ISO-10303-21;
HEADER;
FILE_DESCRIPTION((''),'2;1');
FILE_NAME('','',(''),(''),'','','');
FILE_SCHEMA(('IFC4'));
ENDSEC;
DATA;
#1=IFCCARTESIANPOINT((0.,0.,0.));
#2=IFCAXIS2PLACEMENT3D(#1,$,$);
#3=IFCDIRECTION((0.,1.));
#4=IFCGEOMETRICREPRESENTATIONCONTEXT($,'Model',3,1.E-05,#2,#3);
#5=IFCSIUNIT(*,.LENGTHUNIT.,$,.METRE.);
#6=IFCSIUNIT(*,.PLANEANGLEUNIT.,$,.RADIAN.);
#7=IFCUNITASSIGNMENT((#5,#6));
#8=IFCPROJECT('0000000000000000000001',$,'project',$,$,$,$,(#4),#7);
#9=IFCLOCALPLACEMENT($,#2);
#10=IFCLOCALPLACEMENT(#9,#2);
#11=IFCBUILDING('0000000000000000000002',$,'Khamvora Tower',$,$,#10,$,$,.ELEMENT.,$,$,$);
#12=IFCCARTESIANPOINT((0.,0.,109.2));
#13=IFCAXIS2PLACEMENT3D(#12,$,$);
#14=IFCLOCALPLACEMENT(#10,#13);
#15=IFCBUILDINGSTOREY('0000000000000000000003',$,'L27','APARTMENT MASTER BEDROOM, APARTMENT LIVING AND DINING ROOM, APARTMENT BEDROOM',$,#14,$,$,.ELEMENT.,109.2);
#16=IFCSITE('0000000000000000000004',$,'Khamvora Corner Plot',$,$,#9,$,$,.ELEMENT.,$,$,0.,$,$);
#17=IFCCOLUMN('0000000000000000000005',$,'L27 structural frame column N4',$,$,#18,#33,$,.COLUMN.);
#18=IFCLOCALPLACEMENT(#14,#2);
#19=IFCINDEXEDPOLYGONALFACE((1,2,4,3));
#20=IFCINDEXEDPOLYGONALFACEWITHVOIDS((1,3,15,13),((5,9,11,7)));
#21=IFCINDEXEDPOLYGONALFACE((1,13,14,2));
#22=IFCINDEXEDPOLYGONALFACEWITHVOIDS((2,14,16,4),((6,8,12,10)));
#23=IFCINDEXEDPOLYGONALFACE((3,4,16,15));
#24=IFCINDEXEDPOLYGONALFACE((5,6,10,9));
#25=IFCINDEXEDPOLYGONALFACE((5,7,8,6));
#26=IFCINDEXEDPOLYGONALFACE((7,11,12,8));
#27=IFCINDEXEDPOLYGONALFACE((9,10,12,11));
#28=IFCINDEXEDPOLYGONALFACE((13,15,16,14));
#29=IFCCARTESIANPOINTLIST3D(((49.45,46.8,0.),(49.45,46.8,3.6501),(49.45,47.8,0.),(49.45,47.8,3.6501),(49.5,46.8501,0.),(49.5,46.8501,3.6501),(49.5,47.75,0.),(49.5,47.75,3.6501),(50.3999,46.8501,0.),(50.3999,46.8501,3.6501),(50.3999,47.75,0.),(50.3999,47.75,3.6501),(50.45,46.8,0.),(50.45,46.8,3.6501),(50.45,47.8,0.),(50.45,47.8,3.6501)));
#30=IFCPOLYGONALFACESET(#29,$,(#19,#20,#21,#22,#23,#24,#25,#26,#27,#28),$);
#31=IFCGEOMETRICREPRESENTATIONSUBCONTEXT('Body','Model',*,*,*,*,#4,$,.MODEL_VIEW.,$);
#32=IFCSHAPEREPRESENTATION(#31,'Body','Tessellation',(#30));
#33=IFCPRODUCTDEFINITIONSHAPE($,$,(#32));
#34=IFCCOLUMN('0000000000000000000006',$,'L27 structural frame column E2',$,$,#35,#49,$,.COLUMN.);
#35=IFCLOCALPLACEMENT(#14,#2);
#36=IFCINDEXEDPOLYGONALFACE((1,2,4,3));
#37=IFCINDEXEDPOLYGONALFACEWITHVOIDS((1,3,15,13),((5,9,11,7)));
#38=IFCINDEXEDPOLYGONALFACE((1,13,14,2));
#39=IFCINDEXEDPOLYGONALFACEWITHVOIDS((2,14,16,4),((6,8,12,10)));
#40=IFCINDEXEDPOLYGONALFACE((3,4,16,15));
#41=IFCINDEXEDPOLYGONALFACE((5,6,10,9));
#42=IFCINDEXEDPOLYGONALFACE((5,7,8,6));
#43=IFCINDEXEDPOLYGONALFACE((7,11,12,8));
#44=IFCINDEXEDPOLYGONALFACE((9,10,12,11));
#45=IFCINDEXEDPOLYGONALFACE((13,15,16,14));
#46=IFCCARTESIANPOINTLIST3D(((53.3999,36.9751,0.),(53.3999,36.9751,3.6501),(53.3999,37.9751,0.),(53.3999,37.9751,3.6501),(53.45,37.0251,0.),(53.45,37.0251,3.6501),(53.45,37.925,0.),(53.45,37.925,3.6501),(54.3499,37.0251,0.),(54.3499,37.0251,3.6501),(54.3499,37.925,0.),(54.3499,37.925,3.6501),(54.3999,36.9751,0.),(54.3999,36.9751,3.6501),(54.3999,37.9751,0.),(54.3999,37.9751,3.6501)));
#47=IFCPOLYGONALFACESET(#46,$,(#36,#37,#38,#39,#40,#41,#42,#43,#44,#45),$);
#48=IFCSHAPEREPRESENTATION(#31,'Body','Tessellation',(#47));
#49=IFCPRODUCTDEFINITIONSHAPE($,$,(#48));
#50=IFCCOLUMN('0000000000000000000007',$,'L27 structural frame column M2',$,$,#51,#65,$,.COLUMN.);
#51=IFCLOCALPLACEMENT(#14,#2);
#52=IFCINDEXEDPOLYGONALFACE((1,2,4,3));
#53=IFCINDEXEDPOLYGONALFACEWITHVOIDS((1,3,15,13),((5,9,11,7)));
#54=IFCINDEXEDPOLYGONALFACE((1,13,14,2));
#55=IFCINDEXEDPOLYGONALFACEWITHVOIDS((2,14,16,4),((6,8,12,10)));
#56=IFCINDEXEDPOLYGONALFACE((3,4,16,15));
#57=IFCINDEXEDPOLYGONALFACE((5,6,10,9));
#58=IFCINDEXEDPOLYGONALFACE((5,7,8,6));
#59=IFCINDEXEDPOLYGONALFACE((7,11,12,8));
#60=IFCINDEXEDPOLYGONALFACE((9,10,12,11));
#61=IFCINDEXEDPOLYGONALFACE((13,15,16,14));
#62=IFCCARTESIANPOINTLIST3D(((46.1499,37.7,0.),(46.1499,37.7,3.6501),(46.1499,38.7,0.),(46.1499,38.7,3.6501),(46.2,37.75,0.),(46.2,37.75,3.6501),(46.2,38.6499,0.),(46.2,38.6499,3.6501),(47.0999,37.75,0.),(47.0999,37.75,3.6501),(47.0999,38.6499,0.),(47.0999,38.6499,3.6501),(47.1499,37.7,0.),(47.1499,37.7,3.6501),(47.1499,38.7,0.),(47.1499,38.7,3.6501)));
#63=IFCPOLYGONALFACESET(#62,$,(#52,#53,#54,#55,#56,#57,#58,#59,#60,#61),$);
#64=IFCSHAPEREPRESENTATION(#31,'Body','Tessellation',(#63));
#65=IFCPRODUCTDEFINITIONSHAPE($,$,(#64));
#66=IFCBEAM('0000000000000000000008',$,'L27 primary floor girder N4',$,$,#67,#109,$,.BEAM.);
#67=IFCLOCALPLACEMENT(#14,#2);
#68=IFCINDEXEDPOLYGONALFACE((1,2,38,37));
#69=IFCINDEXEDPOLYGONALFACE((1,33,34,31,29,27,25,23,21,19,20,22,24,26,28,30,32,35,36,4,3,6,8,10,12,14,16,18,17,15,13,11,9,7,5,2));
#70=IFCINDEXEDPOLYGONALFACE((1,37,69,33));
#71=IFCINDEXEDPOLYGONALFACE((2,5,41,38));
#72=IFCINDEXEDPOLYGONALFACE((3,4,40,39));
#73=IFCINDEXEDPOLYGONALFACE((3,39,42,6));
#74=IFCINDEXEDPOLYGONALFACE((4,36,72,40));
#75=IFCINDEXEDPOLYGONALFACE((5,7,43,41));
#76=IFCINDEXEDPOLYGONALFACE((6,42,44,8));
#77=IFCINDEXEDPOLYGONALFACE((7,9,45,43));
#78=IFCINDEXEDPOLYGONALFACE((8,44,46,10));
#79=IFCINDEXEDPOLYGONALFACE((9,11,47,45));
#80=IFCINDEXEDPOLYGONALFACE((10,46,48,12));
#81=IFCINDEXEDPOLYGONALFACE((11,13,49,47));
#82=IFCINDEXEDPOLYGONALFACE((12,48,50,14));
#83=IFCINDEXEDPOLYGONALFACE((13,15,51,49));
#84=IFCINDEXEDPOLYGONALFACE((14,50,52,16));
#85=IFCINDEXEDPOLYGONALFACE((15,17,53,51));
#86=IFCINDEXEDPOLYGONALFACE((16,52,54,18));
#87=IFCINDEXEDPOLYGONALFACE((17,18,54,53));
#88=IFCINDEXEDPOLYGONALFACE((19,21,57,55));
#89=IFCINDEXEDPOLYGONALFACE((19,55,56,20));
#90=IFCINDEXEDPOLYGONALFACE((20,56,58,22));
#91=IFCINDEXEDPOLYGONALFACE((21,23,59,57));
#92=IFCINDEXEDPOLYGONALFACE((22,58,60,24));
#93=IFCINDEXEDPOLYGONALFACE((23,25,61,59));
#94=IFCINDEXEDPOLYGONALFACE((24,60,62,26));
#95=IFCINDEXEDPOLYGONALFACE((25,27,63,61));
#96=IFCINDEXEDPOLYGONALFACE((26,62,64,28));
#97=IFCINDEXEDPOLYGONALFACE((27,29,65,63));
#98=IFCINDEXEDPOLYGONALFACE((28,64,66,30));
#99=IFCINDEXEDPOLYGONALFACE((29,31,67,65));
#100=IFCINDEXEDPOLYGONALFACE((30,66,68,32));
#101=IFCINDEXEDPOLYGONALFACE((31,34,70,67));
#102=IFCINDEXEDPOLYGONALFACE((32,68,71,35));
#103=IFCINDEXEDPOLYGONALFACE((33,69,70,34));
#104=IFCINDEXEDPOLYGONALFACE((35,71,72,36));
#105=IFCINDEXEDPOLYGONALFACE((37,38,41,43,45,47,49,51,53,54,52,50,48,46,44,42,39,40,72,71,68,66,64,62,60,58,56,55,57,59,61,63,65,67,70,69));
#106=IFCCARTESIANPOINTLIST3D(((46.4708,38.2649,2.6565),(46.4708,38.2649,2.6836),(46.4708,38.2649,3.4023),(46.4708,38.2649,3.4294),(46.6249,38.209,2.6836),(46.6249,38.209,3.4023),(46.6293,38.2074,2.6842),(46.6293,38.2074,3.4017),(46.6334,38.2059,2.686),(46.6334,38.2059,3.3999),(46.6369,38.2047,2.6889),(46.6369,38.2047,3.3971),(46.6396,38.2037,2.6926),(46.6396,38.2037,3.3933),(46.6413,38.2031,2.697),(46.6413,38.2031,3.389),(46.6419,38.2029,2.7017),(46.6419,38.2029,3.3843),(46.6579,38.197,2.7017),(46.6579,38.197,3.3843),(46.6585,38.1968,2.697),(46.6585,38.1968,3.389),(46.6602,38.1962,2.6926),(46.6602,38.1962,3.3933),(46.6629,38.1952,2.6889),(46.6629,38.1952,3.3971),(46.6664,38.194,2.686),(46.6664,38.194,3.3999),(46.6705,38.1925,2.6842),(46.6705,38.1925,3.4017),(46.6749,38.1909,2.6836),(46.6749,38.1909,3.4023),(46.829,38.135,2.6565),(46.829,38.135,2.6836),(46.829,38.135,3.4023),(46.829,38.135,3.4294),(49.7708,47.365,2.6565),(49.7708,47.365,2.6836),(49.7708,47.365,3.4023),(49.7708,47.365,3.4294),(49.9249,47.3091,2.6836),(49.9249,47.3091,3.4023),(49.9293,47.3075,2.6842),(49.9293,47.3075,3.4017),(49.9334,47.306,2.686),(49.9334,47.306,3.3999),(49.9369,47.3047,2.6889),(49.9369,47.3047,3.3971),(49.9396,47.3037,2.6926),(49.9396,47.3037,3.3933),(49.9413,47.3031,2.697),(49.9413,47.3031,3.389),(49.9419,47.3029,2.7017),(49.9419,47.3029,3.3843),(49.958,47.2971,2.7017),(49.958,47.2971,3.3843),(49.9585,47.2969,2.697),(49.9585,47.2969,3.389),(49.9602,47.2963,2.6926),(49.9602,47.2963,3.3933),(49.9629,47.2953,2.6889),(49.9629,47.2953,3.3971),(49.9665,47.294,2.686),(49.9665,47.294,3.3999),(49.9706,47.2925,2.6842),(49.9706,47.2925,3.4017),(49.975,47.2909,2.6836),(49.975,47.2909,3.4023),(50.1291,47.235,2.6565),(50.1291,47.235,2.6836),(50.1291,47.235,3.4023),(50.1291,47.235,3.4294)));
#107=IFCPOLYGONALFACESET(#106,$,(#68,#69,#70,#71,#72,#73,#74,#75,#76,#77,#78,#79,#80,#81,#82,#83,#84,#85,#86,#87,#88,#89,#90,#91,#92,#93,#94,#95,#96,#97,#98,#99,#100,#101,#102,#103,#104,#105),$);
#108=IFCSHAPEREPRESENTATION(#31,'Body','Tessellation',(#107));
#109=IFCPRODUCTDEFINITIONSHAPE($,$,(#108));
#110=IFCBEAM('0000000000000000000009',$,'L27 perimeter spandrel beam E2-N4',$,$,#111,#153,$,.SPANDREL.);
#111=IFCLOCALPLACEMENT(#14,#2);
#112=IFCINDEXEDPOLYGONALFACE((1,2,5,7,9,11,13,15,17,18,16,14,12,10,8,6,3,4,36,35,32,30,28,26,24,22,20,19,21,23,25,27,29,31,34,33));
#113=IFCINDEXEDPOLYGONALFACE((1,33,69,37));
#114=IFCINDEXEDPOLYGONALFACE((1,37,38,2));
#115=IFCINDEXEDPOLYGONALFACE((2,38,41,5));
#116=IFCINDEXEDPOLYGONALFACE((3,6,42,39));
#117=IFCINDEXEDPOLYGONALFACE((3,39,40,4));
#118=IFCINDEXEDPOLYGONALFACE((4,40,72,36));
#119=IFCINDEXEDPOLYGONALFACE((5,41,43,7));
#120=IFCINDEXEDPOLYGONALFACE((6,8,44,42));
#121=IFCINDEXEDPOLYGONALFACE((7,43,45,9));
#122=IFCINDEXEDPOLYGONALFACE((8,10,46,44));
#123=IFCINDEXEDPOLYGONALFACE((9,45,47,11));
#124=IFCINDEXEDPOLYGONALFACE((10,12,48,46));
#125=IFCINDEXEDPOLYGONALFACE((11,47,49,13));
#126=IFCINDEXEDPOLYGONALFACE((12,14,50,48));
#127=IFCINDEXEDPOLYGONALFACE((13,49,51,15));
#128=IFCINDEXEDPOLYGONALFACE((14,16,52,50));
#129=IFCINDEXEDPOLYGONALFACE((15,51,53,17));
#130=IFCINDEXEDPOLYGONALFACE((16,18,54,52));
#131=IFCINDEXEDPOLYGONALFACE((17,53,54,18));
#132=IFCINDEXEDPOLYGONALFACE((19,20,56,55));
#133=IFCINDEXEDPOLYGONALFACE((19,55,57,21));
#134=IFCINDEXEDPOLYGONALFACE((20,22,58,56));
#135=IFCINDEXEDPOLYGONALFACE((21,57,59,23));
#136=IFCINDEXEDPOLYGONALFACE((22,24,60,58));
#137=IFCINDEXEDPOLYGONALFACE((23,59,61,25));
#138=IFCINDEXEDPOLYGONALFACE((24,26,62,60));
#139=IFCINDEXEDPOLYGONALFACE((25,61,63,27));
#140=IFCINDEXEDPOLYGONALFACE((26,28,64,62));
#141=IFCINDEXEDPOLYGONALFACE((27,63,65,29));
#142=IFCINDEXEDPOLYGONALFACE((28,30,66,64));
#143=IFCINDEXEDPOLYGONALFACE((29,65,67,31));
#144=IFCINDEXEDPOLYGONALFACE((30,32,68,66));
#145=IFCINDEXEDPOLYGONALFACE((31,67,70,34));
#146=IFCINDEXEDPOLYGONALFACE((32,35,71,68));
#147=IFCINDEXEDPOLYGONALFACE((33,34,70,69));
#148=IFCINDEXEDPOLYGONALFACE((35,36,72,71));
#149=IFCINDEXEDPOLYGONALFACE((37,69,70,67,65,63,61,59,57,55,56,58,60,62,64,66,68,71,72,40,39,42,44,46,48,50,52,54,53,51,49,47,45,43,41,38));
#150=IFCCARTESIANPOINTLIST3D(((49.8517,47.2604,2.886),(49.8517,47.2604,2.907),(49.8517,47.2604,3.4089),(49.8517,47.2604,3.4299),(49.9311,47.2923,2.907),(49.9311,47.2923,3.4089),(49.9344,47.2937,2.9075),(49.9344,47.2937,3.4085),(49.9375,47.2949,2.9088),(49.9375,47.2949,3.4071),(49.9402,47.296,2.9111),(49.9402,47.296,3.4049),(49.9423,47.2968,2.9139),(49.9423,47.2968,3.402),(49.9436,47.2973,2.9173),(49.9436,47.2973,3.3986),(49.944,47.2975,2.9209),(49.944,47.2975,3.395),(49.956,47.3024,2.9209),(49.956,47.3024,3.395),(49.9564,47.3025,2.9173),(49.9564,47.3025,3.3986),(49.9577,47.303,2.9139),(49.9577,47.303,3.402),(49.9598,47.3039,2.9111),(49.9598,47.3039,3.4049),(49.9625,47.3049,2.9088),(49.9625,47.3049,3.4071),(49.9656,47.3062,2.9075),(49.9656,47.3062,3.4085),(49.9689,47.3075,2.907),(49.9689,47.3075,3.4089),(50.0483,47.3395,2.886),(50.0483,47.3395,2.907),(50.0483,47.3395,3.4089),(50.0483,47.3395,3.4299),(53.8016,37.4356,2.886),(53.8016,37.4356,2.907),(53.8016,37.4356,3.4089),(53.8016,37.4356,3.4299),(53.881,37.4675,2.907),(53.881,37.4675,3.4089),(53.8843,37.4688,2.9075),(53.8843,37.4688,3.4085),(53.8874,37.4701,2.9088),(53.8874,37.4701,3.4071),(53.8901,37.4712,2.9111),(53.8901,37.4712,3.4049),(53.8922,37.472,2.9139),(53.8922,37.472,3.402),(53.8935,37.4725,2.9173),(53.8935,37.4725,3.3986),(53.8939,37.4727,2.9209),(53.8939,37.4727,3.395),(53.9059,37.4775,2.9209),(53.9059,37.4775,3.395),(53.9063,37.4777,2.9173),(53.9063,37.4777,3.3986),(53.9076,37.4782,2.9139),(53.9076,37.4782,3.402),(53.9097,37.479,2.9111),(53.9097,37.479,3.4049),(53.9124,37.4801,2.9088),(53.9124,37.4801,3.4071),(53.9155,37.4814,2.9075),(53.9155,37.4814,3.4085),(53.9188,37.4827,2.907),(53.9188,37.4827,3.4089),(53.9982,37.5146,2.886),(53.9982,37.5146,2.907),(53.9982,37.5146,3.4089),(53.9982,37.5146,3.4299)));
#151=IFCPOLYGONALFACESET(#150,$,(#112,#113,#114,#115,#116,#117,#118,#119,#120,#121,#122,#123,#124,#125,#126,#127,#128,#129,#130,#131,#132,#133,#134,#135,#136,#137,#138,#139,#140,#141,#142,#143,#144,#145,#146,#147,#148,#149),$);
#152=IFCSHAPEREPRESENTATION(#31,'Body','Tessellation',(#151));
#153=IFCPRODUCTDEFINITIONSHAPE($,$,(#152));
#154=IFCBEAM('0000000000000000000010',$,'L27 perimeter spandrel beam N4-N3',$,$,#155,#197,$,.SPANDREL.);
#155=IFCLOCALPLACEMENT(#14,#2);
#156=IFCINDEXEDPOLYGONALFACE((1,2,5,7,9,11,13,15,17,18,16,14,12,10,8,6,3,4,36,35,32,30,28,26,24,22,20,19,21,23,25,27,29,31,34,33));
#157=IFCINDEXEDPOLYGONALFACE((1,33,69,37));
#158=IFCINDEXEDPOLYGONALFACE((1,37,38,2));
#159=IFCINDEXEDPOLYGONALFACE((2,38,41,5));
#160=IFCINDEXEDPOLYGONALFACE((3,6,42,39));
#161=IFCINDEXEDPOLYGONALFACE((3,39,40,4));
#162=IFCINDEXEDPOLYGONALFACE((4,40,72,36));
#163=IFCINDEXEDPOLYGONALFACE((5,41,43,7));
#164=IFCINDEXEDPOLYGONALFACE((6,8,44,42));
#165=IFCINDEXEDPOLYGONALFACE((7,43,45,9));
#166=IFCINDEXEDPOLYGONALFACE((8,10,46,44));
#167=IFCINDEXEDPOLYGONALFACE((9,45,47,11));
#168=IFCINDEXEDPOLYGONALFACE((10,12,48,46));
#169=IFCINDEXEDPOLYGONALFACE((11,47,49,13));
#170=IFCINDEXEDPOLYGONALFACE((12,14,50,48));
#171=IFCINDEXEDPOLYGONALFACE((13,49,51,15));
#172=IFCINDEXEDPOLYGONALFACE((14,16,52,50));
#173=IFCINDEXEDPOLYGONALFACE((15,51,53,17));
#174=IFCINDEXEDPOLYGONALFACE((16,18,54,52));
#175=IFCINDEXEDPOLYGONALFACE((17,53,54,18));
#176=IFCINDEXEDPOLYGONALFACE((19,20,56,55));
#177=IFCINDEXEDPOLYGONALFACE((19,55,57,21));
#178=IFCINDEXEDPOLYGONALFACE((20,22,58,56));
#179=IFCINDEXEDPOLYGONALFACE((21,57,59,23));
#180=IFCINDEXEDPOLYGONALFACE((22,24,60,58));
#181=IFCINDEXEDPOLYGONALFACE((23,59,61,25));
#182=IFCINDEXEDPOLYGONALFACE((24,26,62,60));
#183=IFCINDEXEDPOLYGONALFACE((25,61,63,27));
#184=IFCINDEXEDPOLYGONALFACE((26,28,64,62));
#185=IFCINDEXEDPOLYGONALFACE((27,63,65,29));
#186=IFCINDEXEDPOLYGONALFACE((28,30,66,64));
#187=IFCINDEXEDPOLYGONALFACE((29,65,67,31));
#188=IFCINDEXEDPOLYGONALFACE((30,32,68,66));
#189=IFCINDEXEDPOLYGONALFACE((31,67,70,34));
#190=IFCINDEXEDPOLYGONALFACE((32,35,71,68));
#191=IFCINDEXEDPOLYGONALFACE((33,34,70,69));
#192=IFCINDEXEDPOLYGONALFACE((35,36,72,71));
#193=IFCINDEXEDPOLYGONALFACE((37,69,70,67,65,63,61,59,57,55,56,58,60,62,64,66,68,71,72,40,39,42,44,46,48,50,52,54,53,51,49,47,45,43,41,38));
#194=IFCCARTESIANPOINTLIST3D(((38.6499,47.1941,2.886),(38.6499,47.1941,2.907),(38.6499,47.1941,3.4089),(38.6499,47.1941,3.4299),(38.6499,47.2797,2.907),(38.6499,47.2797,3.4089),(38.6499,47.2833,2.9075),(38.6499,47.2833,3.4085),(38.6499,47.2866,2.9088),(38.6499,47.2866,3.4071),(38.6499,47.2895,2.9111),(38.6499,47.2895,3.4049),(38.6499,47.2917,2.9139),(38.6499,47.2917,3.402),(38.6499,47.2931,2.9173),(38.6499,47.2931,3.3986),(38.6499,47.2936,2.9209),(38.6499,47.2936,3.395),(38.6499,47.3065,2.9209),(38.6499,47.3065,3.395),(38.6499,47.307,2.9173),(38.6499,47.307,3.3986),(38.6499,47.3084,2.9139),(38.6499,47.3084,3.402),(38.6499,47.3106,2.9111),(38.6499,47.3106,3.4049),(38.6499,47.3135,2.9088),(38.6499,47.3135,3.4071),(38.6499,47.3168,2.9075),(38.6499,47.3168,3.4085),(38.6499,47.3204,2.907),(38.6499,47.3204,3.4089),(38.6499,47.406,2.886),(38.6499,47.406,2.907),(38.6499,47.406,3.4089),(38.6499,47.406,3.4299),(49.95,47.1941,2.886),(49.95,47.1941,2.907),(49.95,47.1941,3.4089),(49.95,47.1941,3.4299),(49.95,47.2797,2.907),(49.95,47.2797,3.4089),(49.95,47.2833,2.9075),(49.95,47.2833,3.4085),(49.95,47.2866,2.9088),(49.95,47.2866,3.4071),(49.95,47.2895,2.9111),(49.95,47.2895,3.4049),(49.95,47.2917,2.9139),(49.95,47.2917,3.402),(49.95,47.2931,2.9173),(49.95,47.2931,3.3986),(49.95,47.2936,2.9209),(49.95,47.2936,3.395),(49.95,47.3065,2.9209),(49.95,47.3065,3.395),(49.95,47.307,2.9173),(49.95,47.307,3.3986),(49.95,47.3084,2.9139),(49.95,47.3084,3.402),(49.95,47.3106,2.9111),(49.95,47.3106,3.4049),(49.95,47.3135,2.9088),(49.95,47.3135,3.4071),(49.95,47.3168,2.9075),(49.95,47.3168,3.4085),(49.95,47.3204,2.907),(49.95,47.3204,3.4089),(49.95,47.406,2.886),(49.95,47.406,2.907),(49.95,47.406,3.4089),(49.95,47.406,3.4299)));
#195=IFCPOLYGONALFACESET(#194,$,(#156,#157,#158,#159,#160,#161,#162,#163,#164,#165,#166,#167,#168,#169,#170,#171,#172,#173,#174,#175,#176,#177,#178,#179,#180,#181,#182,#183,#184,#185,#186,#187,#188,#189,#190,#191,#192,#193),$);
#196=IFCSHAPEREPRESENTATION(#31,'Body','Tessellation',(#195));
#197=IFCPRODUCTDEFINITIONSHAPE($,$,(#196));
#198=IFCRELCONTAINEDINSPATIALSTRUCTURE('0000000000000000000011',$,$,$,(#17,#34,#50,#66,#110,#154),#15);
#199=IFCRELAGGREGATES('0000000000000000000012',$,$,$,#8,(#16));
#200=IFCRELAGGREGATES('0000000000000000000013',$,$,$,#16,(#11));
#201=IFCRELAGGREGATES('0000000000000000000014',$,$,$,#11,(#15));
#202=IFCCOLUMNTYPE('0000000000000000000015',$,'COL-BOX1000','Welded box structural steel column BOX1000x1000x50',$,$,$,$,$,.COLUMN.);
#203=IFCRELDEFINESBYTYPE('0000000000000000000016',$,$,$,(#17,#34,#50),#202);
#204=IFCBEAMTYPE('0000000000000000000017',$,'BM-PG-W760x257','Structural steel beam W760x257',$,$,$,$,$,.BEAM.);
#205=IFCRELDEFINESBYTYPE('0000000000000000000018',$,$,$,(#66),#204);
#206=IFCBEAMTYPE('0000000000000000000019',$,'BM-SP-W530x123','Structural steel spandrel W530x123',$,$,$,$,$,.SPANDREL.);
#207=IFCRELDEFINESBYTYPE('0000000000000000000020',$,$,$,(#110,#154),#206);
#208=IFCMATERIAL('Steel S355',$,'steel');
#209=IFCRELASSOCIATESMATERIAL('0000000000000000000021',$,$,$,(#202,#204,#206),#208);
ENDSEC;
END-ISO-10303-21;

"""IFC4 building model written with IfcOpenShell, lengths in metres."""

from ifc_helpers import new_model, si_unit, direction, frame, origin, origin_2d, place, context, subcontext, project, spatial, hollow_rectangle, i_section, extrude, material, material_profile, profile_set, type_object, element, save


model = new_model("IFC4")

# Units and contexts
model_context = context("Model", 3, precision=1e-05, world=origin(), true_north=direction((0.0, 1.0)))
body_context = subcontext(model_context, "Body", "Model", "MODEL_VIEW")
ifc_project = project(units=[si_unit("LENGTHUNIT", "METRE"), si_unit("PLANEANGLEUNIT", "RADIAN")], contexts=[model_context])

# Site, building, storey
site_placement = place(None, origin())
site = spatial("IfcSite", under=ifc_project, at=site_placement, Name="Khamvora Corner Plot", CompositionType="ELEMENT", RefElevation=0.0)
building_placement = place(site_placement, origin())
building = spatial("IfcBuilding", under=site, at=building_placement, Name="Khamvora Tower", CompositionType="ELEMENT")
storey_placement = place(building_placement, frame((0.0, 0.0, 109.2)))
storey = spatial("IfcBuildingStorey", under=building, at=storey_placement, Name="L27", Description="APARTMENT MASTER BEDROOM, APARTMENT LIVING AND DINING ROOM, APARTMENT BEDROOM", CompositionType="ELEMENT", Elevation=109.2)

# Columns
ifc_material_1 = material(Name="Steel S355", Category="steel")
ifc_material_profile_1 = material_profile(ifc_material_1, hollow_rectangle(XDim=1.0, YDim=1.0, WallThickness=0.05, at=origin_2d()), Name="BOX1000x1000x50")
ifc_profile_set_1 = profile_set([ifc_material_profile_1], Name="Steel S355")
column_type = type_object("IfcColumnType", Name="COL-BOX1000", Description="Welded box structural steel column BOX1000x1000x50", PredefinedType="COLUMN", material=ifc_profile_set_1)
for number, where, z_axis, x_axis, name in (
    (1, (49.95, 47.3, 0.0), (0.0, 0.0, 1.0), (1.0, 0.0, 0.0), "L27 structural frame column N4"),
    (2, (53.8999, 37.4751, 0.0), (0.0, 0.0, 1.0), (1.0, 0.0, 0.0), "L27 structural frame column E2"),
    (3, (46.6499, 38.2, 0.0), (0.0, 0.0, 1.0), (1.0, 0.0, 0.0), "L27 structural frame column M2"),
):
    element("IfcColumn", number, at=place(storey_placement, frame(where, z_axis=z_axis, x_axis=x_axis)), inside=storey, type_object=column_type, Name=name, PredefinedType="COLUMN", context=body_context, shape_type="SweptSolid", body=[
        extrude(hollow_rectangle(XDim=1.0, YDim=1.0, WallThickness=0.05, at=origin_2d()), origin(), (0.0, 0.0, 1.0), 3.6501),
    ])

# Beams
ifc_material_profile_2 = material_profile(ifc_material_1, i_section(OverallWidth=0.3811, OverallDepth=0.7729, WebThickness=0.0171, FlangeThickness=0.0271, FilletRadius=0.0181, at=origin_2d()), Name="W760x257")
ifc_profile_set_2 = profile_set([ifc_material_profile_2], Name="Steel S355")
beam_type_1 = type_object("IfcBeamType", Name="BM-PG-W760x257", Description="Structural steel beam W760x257", PredefinedType="BEAM", material=ifc_profile_set_2)
beam_1_placement = place(storey_placement, frame((46.6499, 38.2, 3.043), z_axis=(0.340915, 0.940094, 0.0), x_axis=(-0.940094, 0.340915, 0.0)))
element("IfcBeam", 4, at=beam_1_placement, inside=storey, type_object=beam_type_1, Name="L27 primary floor girder N4", PredefinedType="BEAM", context=body_context, shape_type="SweptSolid", body=[
    extrude(i_section(OverallWidth=0.3811, OverallDepth=0.7729, WebThickness=0.0171, FlangeThickness=0.0271, FilletRadius=0.0181, at=origin_2d()), origin(), (0.0, 0.0, 1.0), 9.6799),
])
ifc_material_profile_3 = material_profile(ifc_material_1, i_section(OverallWidth=0.2119, OverallDepth=0.5439, WebThickness=0.0129, FlangeThickness=0.021, FilletRadius=0.0139, at=origin_2d()), Name="W530x123")
ifc_profile_set_3 = profile_set([ifc_material_profile_3], Name="Steel S355")
beam_type_2 = type_object("IfcBeamType", Name="BM-SP-W530x123", Description="Structural steel spandrel W530x123", PredefinedType="SPANDREL", material=ifc_profile_set_3)
beam_2_placement = place(storey_placement, frame((53.8999, 37.4751, 3.158), z_axis=(-0.373016, 0.927825, 0.0), x_axis=(-0.927825, -0.373016, 0.0)))
element("IfcBeam", 5, at=beam_2_placement, inside=storey, type_object=beam_type_2, Name="L27 perimeter spandrel beam E2-N4", PredefinedType="SPANDREL", context=body_context, shape_type="SweptSolid", body=[
    extrude(i_section(OverallWidth=0.2119, OverallDepth=0.5439, WebThickness=0.0129, FlangeThickness=0.021, FilletRadius=0.0139, at=origin_2d()), origin(), (0.0, 0.0, 1.0), 10.5891),
])
beam_3_placement = place(storey_placement, frame((49.95, 47.3, 3.158), z_axis=(-1.0, 0.0, 0.0), x_axis=(0.0, -1.0, 0.0)))
element("IfcBeam", 6, at=beam_3_placement, inside=storey, type_object=beam_type_2, Name="L27 perimeter spandrel beam N4-N3", PredefinedType="SPANDREL", context=body_context, shape_type="SweptSolid", body=[
    extrude(i_section(OverallWidth=0.2119, OverallDepth=0.5439, WebThickness=0.0129, FlangeThickness=0.021, FilletRadius=0.0139, at=origin_2d()), origin(), (0.0, 0.0, 1.0), 11.3),
])

save(model, "model.ifc")
